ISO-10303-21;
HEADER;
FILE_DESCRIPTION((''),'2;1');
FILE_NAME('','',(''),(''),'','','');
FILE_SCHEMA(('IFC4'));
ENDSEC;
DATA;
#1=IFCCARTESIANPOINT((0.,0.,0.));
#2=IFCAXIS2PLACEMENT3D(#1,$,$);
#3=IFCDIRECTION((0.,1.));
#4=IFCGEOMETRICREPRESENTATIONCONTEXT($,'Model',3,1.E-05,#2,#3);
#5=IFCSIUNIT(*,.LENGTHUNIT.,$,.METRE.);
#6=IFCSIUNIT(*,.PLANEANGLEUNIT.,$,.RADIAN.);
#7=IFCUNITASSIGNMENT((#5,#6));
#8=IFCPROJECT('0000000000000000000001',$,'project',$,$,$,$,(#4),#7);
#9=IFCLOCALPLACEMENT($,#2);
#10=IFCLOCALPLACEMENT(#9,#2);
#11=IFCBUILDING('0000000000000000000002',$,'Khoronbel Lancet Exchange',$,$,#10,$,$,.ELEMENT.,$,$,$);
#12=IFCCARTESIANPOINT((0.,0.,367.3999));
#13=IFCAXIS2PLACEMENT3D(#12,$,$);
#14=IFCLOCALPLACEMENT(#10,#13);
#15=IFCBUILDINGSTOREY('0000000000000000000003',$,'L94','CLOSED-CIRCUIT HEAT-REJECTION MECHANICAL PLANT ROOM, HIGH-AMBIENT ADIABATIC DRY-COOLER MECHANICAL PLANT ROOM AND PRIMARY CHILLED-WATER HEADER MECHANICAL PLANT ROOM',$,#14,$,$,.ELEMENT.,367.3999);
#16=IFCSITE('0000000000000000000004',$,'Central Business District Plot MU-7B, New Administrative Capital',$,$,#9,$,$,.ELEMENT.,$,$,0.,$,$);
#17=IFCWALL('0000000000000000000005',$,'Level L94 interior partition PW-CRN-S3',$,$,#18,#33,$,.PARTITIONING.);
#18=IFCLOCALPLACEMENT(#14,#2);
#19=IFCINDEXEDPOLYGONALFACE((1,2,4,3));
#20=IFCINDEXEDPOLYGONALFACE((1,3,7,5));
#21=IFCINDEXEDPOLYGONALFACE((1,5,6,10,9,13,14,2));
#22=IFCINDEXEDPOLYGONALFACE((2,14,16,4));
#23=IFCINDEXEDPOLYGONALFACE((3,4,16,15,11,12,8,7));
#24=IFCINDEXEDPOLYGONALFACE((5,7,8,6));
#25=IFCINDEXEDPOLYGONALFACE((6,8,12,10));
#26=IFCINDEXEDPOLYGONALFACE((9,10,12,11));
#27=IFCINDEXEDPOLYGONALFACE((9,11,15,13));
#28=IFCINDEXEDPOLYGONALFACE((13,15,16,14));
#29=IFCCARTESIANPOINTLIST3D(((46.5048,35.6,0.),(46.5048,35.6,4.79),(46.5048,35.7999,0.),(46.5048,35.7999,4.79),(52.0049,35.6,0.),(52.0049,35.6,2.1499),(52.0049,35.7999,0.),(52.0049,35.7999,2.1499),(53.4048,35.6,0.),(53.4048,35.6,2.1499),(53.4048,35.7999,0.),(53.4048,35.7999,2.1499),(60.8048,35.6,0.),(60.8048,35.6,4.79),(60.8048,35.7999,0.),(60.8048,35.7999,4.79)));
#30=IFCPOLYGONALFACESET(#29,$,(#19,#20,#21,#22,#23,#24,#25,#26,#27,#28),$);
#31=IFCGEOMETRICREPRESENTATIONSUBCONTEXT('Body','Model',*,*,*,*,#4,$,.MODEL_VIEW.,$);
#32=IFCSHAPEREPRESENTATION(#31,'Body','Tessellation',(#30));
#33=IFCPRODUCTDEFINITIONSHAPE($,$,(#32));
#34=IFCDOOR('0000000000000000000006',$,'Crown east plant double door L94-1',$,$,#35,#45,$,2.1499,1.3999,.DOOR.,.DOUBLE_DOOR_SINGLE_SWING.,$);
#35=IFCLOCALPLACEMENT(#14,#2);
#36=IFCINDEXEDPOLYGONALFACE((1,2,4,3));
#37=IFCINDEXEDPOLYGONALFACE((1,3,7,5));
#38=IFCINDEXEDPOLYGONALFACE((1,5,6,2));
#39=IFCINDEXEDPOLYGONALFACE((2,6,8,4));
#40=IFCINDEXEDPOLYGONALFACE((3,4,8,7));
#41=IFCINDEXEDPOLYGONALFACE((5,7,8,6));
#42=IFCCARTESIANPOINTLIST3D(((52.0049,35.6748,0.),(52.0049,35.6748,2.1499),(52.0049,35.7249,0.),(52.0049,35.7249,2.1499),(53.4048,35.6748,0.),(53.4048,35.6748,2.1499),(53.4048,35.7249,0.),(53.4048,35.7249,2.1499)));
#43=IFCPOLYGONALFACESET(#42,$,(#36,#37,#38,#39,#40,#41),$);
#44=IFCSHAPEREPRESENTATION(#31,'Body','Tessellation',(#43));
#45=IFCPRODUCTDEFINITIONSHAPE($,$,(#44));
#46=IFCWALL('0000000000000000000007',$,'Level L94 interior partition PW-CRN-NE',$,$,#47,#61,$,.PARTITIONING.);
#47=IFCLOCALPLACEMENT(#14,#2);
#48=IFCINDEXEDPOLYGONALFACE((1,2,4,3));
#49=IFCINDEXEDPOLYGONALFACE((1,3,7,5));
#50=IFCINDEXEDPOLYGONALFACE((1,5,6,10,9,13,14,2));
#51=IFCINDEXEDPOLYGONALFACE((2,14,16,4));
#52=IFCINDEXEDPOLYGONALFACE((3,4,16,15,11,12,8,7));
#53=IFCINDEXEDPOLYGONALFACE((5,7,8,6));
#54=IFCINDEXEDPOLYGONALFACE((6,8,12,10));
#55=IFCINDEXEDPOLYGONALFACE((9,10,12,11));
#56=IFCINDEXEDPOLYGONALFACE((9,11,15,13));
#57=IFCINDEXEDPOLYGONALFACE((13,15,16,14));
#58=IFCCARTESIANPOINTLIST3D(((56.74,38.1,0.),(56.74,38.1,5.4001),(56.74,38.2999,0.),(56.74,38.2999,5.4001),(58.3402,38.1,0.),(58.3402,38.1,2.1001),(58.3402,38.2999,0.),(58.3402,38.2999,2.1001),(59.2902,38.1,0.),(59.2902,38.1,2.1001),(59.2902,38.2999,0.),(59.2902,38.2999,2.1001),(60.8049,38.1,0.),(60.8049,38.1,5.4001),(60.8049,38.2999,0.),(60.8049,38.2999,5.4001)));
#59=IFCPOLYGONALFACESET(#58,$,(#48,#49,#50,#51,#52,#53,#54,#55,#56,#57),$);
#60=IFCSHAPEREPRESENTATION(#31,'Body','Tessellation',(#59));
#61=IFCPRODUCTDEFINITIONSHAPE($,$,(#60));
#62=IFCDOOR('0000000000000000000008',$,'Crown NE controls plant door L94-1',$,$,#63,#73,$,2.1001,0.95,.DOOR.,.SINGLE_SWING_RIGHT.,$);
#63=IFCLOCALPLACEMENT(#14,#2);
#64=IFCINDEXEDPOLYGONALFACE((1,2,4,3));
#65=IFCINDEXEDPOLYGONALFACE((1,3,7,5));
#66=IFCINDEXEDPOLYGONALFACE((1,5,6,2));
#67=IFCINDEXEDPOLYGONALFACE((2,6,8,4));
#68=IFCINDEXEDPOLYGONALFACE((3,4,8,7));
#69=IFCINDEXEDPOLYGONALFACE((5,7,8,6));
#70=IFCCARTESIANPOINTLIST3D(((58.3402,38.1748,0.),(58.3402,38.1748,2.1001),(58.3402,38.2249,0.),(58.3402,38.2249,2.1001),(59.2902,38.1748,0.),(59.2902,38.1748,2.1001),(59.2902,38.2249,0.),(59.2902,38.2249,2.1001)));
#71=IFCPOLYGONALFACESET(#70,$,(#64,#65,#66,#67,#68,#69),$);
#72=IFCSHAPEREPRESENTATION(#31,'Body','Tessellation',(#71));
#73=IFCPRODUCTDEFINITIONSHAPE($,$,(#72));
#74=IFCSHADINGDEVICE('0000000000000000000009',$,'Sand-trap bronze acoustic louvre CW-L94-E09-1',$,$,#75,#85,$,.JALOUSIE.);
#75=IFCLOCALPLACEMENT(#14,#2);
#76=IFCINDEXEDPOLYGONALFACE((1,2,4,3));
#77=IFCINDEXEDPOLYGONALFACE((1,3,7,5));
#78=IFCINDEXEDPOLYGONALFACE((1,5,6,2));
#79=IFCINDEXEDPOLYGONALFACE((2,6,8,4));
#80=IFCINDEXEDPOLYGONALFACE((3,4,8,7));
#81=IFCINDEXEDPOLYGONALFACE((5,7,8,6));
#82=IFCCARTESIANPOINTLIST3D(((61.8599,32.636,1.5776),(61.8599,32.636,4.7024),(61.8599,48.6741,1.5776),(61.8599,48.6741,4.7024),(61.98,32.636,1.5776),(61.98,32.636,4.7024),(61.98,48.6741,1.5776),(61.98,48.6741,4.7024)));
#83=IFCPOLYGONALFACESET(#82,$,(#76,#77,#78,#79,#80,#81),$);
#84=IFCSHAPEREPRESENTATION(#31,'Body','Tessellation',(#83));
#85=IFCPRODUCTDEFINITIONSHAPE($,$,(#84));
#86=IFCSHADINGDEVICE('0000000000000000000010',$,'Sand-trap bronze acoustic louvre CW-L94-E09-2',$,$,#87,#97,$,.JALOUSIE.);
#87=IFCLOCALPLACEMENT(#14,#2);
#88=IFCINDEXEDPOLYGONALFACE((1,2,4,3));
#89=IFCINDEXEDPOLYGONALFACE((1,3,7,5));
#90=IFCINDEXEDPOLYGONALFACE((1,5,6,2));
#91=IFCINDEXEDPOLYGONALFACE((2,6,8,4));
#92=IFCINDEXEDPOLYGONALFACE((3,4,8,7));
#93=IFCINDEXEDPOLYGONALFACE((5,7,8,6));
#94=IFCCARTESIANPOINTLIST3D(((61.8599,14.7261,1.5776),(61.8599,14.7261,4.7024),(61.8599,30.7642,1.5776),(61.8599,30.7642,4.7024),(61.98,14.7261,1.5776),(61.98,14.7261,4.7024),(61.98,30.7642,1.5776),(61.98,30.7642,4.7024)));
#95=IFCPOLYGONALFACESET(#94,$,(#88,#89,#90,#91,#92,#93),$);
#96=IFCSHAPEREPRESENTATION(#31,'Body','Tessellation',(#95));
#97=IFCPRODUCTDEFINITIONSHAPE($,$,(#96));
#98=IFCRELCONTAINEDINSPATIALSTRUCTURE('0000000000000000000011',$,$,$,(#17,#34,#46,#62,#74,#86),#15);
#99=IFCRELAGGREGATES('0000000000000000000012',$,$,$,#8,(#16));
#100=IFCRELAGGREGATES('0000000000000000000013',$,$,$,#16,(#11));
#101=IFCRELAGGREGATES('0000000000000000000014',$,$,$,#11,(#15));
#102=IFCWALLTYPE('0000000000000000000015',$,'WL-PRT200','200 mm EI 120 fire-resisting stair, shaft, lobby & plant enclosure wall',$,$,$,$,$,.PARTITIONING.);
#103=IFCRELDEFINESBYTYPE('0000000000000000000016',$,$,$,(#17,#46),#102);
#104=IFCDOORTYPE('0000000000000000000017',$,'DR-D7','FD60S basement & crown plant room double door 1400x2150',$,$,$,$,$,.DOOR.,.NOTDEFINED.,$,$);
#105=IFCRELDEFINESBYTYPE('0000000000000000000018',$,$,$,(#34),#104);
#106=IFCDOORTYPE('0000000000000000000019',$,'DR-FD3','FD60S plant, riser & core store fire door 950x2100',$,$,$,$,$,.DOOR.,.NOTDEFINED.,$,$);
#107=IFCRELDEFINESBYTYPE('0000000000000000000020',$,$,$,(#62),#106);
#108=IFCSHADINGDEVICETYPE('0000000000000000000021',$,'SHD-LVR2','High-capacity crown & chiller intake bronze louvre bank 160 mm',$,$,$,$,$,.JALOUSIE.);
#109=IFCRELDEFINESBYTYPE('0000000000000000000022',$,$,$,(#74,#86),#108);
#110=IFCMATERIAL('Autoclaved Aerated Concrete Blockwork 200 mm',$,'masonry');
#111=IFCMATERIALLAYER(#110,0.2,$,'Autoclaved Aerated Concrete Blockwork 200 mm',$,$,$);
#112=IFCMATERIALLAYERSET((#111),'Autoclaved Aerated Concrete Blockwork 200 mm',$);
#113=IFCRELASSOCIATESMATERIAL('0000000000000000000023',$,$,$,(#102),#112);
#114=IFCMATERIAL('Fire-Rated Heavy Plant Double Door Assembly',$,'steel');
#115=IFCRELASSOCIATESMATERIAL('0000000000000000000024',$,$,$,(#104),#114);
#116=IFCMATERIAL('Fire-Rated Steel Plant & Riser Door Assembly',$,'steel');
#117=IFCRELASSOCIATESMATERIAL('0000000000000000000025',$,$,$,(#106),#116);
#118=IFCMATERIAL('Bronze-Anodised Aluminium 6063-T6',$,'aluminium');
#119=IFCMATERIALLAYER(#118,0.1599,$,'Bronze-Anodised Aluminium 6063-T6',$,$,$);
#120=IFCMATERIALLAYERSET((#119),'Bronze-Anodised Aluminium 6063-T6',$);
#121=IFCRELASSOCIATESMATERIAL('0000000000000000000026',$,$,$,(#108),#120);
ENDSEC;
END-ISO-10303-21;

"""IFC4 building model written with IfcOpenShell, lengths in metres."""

from ifc_helpers import new_model, si_unit, direction, frame, frame_2d, origin, origin_2d, place, context, subcontext, project, spatial, rectangle, extrude, material, layer, layer_set, type_object, element, fill, save


model = new_model("IFC4")

# Units and contexts
model_context = context("Model", 3, precision=1e-05, world=origin(), true_north=direction((0.0, 1.0)))
body_context = subcontext(model_context, "Body", "Model", "MODEL_VIEW")
ifc_project = project(units=[si_unit("LENGTHUNIT", "METRE"), si_unit("PLANEANGLEUNIT", "RADIAN")], contexts=[model_context])

# Site, building, storey
site_placement = place(None, origin())
site = spatial("IfcSite", under=ifc_project, at=site_placement, Name="Central Business District Plot MU-7B, New Administrative Capital", CompositionType="ELEMENT", RefElevation=0.0)
building_placement = place(site_placement, origin())
building = spatial("IfcBuilding", under=site, at=building_placement, Name="Khoronbel Lancet Exchange", CompositionType="ELEMENT")
storey_placement = place(building_placement, frame((0.0, 0.0, 367.3999)))
storey = spatial("IfcBuildingStorey", under=building, at=storey_placement, Name="L94", Description="CLOSED-CIRCUIT HEAT-REJECTION MECHANICAL PLANT ROOM, HIGH-AMBIENT ADIABATIC DRY-COOLER MECHANICAL PLANT ROOM AND PRIMARY CHILLED-WATER HEADER MECHANICAL PLANT ROOM", CompositionType="ELEMENT", Elevation=367.3999)

# Shared definitions
ifc_material_1 = material(Name="Bronze-Anodised Aluminium 6063-T6", Category="aluminium")

# Walls, openings, doors
ifc_material_2 = material(Name="Autoclaved Aerated Concrete Blockwork 200 mm", Category="masonry")
ifc_layer_1 = layer(ifc_material_2, 0.2, Name="Autoclaved Aerated Concrete Blockwork 200 mm")
ifc_layer_set_1 = layer_set([ifc_layer_1], Name="Autoclaved Aerated Concrete Blockwork 200 mm")
wall_type_1 = type_object("IfcWallType", Name="WL-PRT200", Description="200 mm EI 120 fire-resisting stair, shaft, lobby & plant enclosure wall", PredefinedType="PARTITIONING", material=ifc_layer_set_1)
wall_1_placement = place(storey_placement, frame((46.5049, 35.7, 0.0), z_axis=(0.0, 0.0, 1.0), x_axis=(1.0, 0.0, 0.0)))
wall_1 = element("IfcWall", 1, at=wall_1_placement, inside=storey, type_object=wall_type_1, Name="Level L94 interior partition PW-CRN-S3", PredefinedType="PARTITIONING", context=body_context, shape_type="SweptSolid", body=[
    extrude(rectangle(XDim=14.3, YDim=0.2, at=frame_2d((7.1499, 0.0))), origin(), (0.0, 0.0, 1.0), 4.79),
])
opening_1_placement = place(wall_1_placement, frame((5.5, 0.0, 0.0)))
opening_1 = element("IfcOpeningElement", 2, at=opening_1_placement, cuts=wall_1, PredefinedType="OPENING", context=body_context, shape_type="SweptSolid", body=[
    extrude(rectangle(XDim=1.3999, YDim=2.1499, at=frame_2d((0.7, 1.075))), frame((0.0, 0.1099, 0.0), z_axis=(0.0, -1.0, 0.0), x_axis=(1.0, 0.0, 0.0)), (0.0, 0.0, 1.0), 0.22),
])
ifc_material_3 = material(Name="Fire-Rated Heavy Plant Double Door Assembly", Category="steel")
door_type_1 = type_object("IfcDoorType", Name="DR-D7", Description="FD60S basement & crown plant room double door 1400x2150", OperationType="NOTDEFINED", PredefinedType="DOOR", material=ifc_material_3)
door_1_placement = place(opening_1_placement, origin())
door_1 = element("IfcDoor", 3, at=door_1_placement, inside=storey, type_object=door_type_1, Name="Crown east plant double door L94-1", OperationType="DOUBLE_DOOR_SINGLE_SWING", OverallHeight=2.1499, OverallWidth=1.3999, PredefinedType="DOOR", context=body_context, shape_type="SweptSolid", body=[
    extrude(rectangle(XDim=1.3999, YDim=2.1499, at=frame_2d((0.7, 1.075))), frame((0.0, 0.0249, 0.0), z_axis=(0.0, -1.0, 0.0), x_axis=(1.0, 0.0, 0.0)), (0.0, 0.0, 1.0), 0.05),
])
fill(opening_1, door_1)
wall_2_placement = place(storey_placement, frame((56.74, 38.2, 0.0), z_axis=(0.0, 0.0, 1.0), x_axis=(1.0, 0.0, 0.0)))
wall_2 = element("IfcWall", 4, at=wall_2_placement, inside=storey, type_object=wall_type_1, Name="Level L94 interior partition PW-CRN-NE", PredefinedType="PARTITIONING", context=body_context, shape_type="SweptSolid", body=[
    extrude(rectangle(XDim=4.0649, YDim=0.2, at=frame_2d((2.0325, 0.0))), origin(), (0.0, 0.0, 1.0), 5.4001),
])
opening_2_placement = place(wall_2_placement, frame((1.6001, 0.0, 0.0)))
opening_2 = element("IfcOpeningElement", 5, at=opening_2_placement, cuts=wall_2, PredefinedType="OPENING", context=body_context, shape_type="SweptSolid", body=[
    extrude(rectangle(XDim=0.95, YDim=2.1001, at=frame_2d((0.4751, 1.05))), frame((0.0, 0.1099, 0.0), z_axis=(0.0, -1.0, 0.0), x_axis=(1.0, 0.0, 0.0)), (0.0, 0.0, 1.0), 0.22),
])
ifc_material_4 = material(Name="Fire-Rated Steel Plant & Riser Door Assembly", Category="steel")
door_type_2 = type_object("IfcDoorType", Name="DR-FD3", Description="FD60S plant, riser & core store fire door 950x2100", OperationType="NOTDEFINED", PredefinedType="DOOR", material=ifc_material_4)
door_2_placement = place(opening_2_placement, origin())
door_2 = element("IfcDoor", 6, at=door_2_placement, inside=storey, type_object=door_type_2, Name="Crown NE controls plant door L94-1", OperationType="SINGLE_SWING_RIGHT", OverallHeight=2.1001, OverallWidth=0.95, PredefinedType="DOOR", context=body_context, shape_type="SweptSolid", body=[
    extrude(rectangle(XDim=0.95, YDim=2.1001, at=frame_2d((0.4751, 1.05))), frame((0.0, 0.0249, 0.0), z_axis=(0.0, -1.0, 0.0), x_axis=(1.0, 0.0, 0.0)), (0.0, 0.0, 1.0), 0.05),
])
fill(opening_2, door_2)

# Shading devices
ifc_layer_2 = layer(ifc_material_1, 0.1599, Name="Bronze-Anodised Aluminium 6063-T6")
ifc_layer_set_2 = layer_set([ifc_layer_2], Name="Bronze-Anodised Aluminium 6063-T6")
shading_device_type = type_object("IfcShadingDeviceType", Name="SHD-LVR2", Description="High-capacity crown & chiller intake bronze louvre bank 160 mm", PredefinedType="JALOUSIE", material=ifc_layer_set_2)
for number, where, z_axis, x_axis, name in (
    (7, (61.9199, 40.655, 1.5776), (0.0, 0.0, 1.0), (0.0, -1.0, 0.0), "Sand-trap bronze acoustic louvre CW-L94-E09-1"),
    (8, (61.9199, 22.7451, 1.5776), (0.0, 0.0, 1.0), (0.0, -1.0, 0.0), "Sand-trap bronze acoustic louvre CW-L94-E09-2"),
):
    element("IfcShadingDevice", number, at=place(storey_placement, frame(where, z_axis=z_axis, x_axis=x_axis)), inside=storey, type_object=shading_device_type, Name=name, PredefinedType="JALOUSIE", context=body_context, shape_type="SweptSolid", body=[
        extrude(rectangle(XDim=16.0381, YDim=0.1201, at=origin_2d()), origin(), (0.0, 0.0, 1.0), 3.1248),
    ])

save(model, "model.ifc")
